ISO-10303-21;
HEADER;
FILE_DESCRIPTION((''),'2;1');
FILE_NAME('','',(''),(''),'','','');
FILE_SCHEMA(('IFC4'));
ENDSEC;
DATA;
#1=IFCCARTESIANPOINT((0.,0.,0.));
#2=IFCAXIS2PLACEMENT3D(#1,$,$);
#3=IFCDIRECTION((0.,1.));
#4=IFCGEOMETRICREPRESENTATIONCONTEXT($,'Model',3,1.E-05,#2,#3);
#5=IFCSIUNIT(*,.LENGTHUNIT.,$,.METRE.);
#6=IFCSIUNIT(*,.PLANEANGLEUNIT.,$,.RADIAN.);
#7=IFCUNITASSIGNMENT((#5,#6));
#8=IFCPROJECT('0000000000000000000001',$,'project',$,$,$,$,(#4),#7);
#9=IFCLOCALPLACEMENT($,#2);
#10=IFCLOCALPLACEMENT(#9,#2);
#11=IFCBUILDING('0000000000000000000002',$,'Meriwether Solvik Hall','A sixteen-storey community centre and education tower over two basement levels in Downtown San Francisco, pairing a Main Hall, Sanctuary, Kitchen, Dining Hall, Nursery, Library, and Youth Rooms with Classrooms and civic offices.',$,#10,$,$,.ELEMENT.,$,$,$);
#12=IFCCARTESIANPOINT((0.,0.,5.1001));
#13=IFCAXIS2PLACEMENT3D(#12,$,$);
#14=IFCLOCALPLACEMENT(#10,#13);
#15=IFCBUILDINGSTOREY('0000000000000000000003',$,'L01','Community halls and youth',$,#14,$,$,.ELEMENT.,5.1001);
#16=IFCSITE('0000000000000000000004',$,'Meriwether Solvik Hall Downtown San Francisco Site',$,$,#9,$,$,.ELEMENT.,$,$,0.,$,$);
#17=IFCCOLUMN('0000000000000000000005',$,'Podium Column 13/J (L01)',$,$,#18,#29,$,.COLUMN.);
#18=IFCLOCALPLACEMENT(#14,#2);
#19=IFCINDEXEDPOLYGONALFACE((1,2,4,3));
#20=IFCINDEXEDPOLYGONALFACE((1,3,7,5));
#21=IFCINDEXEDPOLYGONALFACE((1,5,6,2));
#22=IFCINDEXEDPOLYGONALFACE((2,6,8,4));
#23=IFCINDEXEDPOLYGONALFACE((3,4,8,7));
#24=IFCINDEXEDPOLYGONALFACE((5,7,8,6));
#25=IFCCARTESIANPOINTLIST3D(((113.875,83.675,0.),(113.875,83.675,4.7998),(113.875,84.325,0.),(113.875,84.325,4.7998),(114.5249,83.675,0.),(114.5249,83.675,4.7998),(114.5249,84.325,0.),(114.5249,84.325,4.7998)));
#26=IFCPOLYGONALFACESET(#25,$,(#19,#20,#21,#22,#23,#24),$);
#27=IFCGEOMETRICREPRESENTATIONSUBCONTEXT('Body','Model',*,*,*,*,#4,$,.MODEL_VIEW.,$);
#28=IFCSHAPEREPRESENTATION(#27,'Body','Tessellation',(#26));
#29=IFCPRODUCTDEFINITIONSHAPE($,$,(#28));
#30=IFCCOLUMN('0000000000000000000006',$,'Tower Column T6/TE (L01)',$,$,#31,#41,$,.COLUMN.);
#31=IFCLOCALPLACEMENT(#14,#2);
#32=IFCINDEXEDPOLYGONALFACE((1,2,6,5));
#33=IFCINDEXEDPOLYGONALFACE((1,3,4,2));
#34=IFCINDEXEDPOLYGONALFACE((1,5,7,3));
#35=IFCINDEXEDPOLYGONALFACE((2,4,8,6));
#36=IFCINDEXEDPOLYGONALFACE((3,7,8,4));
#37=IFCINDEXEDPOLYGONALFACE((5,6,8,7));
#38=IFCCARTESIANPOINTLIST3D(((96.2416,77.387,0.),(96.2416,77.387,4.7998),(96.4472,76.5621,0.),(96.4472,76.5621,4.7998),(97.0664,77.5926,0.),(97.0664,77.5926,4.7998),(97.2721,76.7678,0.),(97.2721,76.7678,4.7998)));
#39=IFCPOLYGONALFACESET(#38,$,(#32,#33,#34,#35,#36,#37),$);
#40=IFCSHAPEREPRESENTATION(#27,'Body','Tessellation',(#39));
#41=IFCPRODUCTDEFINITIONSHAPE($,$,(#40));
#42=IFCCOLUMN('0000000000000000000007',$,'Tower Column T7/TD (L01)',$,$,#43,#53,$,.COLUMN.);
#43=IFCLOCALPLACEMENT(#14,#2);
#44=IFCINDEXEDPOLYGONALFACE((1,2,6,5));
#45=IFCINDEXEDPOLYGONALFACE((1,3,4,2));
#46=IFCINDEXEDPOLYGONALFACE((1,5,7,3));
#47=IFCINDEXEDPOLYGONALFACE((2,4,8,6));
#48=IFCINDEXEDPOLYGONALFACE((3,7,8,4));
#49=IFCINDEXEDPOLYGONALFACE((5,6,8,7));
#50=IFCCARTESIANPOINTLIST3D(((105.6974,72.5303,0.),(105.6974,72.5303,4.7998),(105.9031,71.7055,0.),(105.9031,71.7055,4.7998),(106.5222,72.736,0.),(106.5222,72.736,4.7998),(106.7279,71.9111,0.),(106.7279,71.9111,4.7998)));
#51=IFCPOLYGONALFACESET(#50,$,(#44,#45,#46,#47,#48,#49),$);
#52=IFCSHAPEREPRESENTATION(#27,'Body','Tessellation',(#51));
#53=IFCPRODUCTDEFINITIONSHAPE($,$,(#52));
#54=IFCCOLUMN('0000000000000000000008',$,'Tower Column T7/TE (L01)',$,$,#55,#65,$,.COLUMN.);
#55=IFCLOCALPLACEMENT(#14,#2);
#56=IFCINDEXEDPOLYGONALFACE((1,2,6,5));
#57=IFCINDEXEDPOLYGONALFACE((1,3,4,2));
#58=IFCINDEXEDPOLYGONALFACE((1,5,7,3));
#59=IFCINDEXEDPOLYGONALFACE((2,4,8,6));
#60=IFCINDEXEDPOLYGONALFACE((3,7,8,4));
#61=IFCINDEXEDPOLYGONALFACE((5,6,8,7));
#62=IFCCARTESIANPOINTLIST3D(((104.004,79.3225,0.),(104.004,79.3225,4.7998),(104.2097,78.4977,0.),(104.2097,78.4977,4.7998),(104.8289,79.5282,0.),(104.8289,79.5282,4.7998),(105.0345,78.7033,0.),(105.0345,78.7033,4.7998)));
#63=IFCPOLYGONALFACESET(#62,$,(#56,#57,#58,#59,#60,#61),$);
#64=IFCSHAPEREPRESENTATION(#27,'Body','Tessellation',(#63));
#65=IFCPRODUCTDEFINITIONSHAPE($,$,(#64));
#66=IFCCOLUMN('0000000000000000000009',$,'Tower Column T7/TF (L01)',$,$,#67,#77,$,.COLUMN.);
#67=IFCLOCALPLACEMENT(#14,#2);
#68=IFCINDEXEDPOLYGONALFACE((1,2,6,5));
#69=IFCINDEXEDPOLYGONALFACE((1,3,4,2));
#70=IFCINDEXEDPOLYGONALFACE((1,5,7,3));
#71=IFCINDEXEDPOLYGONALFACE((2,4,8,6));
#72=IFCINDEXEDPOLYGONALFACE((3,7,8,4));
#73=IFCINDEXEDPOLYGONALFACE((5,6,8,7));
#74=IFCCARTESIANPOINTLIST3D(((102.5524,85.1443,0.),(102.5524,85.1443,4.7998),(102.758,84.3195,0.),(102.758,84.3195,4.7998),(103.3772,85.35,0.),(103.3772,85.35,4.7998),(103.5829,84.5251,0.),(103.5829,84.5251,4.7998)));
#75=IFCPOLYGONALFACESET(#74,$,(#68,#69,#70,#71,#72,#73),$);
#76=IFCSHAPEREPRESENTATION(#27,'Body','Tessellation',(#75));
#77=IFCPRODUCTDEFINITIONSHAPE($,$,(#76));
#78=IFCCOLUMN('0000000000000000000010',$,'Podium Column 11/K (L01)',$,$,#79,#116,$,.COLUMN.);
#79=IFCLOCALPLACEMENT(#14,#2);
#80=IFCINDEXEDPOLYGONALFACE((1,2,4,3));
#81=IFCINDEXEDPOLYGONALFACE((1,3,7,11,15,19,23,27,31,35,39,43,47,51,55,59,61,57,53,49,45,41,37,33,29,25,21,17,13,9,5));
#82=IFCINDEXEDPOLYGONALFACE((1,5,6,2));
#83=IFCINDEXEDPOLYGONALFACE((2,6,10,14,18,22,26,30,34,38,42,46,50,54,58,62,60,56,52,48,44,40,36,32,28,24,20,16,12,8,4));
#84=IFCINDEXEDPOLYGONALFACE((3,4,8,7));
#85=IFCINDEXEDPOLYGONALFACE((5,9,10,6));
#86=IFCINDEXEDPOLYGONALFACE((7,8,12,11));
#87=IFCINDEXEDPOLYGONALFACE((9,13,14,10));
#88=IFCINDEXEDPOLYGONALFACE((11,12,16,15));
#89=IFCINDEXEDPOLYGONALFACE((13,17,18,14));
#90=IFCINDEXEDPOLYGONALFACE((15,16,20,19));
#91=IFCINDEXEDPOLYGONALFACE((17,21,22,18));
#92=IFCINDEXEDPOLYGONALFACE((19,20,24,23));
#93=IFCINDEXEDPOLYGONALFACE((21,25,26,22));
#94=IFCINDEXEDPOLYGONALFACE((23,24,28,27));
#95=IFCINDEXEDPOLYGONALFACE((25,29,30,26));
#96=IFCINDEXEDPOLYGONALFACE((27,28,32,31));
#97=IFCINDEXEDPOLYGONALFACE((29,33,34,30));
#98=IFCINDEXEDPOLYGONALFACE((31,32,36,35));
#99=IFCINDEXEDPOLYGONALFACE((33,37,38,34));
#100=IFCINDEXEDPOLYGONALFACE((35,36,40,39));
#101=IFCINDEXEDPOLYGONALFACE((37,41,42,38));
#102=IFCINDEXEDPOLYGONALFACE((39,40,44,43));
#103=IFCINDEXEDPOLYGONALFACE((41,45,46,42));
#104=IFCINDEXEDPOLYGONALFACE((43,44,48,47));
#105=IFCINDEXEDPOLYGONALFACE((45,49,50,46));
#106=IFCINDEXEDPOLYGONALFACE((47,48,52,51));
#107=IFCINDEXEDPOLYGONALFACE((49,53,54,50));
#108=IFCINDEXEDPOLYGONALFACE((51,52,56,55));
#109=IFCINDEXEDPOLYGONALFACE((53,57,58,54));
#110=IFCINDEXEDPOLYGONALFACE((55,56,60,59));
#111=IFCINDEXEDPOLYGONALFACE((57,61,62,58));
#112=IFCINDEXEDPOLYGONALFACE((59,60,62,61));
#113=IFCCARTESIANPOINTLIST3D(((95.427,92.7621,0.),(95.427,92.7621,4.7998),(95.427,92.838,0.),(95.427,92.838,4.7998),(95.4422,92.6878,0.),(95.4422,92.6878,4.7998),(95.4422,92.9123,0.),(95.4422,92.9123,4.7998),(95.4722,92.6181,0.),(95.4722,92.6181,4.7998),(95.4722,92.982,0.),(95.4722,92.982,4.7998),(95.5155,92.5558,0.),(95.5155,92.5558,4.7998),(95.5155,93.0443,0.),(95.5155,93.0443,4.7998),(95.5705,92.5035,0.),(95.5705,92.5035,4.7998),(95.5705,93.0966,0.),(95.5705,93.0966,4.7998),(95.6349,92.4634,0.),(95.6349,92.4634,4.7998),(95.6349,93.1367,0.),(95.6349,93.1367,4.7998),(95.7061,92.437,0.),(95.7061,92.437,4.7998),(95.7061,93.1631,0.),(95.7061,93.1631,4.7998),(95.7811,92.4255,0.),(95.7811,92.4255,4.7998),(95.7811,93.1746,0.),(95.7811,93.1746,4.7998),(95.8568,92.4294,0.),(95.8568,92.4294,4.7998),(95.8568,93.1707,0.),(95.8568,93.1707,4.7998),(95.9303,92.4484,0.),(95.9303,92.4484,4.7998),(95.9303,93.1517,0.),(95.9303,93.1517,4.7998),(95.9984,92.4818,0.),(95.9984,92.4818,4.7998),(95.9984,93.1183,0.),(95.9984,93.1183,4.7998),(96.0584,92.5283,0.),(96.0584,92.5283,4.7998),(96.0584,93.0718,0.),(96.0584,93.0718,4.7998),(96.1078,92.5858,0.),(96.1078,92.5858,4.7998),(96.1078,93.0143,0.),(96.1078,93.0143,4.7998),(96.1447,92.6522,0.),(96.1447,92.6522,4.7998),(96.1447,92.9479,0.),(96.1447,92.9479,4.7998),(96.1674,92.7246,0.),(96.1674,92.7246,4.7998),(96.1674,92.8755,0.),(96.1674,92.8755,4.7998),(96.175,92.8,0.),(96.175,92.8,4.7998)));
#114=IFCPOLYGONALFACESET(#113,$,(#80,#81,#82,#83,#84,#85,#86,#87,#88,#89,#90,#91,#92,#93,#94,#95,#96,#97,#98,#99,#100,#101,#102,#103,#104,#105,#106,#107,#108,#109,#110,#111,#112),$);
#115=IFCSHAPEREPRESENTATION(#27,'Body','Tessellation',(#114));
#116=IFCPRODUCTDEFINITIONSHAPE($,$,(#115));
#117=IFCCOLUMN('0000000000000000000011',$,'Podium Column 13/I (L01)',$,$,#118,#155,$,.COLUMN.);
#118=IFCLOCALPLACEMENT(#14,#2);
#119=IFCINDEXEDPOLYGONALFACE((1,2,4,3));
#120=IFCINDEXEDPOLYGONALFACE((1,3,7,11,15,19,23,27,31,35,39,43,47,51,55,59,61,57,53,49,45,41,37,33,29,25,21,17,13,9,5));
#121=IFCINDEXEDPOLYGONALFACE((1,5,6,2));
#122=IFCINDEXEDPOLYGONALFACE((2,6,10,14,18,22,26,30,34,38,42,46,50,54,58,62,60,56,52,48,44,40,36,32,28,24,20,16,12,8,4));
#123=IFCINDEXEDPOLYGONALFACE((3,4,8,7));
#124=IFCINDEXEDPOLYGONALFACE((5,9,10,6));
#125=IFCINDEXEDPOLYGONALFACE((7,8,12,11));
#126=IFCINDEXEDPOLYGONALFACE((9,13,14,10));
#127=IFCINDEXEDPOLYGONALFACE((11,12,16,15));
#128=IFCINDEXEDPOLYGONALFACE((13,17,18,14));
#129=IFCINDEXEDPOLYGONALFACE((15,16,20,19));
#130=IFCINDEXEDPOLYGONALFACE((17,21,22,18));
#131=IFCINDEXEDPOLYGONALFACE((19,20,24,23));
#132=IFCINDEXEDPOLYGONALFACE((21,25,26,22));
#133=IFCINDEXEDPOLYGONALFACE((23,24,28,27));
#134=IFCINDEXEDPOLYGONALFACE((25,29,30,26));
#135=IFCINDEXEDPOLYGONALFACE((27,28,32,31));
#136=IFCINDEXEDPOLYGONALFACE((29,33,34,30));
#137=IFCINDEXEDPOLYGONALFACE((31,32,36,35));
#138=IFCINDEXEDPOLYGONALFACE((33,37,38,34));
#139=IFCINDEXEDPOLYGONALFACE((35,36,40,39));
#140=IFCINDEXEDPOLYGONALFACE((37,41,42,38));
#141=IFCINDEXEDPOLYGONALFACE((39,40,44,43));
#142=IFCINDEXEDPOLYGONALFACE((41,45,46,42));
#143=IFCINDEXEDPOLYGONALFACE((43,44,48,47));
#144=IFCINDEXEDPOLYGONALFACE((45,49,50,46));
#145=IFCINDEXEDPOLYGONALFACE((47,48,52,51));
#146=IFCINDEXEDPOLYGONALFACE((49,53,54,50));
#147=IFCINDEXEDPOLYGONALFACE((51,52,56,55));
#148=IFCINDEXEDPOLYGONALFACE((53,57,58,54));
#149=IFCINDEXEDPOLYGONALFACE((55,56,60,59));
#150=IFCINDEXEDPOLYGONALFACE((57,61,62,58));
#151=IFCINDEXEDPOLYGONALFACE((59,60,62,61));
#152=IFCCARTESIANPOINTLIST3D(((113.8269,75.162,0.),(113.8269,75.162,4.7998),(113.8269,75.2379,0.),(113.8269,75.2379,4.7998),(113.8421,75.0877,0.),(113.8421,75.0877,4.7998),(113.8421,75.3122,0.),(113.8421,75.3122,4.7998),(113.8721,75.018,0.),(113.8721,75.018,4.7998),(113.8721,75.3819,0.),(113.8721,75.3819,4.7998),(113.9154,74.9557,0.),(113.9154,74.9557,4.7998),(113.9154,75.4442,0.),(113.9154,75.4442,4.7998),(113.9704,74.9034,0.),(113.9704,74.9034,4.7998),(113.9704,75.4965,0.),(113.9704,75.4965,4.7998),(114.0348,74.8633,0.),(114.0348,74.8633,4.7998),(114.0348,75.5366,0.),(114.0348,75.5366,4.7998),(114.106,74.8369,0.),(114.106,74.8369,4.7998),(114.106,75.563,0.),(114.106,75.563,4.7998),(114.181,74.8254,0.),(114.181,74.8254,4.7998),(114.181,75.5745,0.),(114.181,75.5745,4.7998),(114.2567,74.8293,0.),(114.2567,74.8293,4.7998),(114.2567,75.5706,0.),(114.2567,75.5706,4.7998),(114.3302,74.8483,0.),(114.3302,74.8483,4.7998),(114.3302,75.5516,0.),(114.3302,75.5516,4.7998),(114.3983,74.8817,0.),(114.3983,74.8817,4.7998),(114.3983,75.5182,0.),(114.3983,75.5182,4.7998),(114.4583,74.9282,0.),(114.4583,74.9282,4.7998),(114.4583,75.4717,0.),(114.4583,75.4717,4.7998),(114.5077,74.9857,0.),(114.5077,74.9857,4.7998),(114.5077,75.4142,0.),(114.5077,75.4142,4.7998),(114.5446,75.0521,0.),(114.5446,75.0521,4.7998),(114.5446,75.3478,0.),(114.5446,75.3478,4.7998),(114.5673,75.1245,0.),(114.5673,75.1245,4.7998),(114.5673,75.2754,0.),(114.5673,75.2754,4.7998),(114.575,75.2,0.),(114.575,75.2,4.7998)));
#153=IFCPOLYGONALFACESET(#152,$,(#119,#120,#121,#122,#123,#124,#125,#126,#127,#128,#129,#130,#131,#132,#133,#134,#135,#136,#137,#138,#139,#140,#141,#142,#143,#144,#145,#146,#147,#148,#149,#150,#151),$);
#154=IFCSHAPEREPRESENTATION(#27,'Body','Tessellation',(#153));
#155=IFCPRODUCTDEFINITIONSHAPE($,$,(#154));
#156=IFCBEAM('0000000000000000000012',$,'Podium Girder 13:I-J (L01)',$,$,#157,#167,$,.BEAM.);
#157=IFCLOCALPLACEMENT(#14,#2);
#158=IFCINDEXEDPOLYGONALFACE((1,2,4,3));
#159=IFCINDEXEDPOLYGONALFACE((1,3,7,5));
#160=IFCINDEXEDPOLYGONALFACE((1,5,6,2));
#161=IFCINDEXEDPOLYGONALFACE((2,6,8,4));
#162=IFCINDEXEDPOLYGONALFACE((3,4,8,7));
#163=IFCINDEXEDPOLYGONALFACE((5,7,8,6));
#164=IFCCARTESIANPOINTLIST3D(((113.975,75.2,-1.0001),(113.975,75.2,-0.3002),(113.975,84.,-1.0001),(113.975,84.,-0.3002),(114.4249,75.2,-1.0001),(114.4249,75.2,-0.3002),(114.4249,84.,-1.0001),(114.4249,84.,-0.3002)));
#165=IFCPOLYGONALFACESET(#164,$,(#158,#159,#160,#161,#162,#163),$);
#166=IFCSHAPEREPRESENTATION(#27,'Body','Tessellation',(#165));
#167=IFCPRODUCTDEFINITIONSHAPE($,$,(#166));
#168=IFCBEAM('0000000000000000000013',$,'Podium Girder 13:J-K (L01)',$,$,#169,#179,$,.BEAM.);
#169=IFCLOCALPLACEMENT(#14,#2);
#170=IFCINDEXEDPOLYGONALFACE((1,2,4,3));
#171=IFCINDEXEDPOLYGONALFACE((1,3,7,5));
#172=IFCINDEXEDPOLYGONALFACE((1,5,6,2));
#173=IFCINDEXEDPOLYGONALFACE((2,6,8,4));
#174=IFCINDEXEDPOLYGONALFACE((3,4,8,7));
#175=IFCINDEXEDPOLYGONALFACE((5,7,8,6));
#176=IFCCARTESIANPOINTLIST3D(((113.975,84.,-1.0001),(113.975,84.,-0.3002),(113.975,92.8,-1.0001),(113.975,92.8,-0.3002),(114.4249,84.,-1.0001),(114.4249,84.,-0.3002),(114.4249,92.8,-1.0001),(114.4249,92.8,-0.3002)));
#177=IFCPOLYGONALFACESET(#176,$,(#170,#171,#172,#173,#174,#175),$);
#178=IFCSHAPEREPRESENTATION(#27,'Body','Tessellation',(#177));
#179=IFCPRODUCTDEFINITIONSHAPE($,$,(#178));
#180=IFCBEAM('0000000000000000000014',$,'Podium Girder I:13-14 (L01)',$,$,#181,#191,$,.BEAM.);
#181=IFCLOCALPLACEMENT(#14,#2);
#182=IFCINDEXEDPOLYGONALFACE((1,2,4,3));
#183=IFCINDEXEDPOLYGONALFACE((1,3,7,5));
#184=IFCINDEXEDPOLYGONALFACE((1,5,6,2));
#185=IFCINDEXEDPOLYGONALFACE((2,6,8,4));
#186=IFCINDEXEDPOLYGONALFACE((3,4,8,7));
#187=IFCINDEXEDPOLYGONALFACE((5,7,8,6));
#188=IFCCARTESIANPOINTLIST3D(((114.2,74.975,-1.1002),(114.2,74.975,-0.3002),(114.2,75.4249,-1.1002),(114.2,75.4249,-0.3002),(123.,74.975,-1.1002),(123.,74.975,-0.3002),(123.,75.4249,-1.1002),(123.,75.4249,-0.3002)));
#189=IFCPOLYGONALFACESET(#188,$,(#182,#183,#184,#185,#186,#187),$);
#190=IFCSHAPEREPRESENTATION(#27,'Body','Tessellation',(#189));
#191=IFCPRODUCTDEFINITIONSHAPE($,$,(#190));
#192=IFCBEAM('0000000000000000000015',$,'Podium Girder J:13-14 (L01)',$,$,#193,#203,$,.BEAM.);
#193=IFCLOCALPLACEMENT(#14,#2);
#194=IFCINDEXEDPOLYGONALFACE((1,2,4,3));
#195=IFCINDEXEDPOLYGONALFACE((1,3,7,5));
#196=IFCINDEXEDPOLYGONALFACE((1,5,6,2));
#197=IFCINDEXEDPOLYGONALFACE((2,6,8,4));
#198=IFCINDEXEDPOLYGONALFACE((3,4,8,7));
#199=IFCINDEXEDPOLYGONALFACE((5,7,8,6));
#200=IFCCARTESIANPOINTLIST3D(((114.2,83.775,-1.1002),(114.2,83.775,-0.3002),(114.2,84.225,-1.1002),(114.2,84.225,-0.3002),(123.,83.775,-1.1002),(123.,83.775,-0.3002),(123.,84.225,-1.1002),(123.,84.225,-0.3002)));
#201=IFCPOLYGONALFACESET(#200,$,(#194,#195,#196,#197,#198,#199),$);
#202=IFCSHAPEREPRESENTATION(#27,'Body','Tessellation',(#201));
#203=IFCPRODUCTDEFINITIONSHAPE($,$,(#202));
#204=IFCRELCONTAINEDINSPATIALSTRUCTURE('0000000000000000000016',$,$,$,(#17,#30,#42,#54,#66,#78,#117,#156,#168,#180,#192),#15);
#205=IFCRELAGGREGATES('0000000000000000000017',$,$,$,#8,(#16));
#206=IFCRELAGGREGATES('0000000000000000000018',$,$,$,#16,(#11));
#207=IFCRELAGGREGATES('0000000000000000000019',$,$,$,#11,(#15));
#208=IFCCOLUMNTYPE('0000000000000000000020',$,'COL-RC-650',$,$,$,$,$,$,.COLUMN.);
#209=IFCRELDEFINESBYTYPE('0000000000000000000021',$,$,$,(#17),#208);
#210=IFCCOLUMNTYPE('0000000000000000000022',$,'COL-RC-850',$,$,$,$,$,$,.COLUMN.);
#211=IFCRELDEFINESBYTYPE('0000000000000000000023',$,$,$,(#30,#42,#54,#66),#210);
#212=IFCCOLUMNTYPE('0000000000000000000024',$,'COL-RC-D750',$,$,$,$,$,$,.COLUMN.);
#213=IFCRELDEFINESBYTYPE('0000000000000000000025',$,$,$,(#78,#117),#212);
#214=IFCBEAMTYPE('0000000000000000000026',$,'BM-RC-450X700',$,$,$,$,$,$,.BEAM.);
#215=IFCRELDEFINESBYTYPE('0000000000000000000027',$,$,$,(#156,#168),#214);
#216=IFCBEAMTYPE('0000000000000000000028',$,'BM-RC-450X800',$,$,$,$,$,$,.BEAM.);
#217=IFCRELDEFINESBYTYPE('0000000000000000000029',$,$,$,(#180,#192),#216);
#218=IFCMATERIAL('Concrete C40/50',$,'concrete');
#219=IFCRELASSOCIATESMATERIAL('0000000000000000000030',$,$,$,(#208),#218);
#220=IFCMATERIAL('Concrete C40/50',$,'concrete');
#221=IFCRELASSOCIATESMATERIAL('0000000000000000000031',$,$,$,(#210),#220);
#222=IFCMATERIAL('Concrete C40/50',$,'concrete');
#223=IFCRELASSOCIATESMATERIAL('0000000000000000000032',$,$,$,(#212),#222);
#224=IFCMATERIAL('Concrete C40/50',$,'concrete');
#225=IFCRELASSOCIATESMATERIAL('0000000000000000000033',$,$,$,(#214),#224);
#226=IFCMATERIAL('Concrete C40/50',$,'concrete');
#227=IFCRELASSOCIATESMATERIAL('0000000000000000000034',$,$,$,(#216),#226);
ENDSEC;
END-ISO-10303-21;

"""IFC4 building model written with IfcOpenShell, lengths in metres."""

from ifc_helpers import new_model, si_unit, direction, frame, origin, origin_2d, place, context, subcontext, project, spatial, rectangle, circle, extrude, material, material_profile, profile_set, type_object, element, save


model = new_model("IFC4")

# Units and contexts
model_context = context("Model", 3, precision=1e-05, world=origin(), true_north=direction((0.0, 1.0)))
body_context = subcontext(model_context, "Body", "Model", "MODEL_VIEW")
ifc_project = project(units=[si_unit("LENGTHUNIT", "METRE"), si_unit("PLANEANGLEUNIT", "RADIAN")], contexts=[model_context])

# Site, building, storey
site_placement = place(None, origin())
site = spatial("IfcSite", under=ifc_project, at=site_placement, Name="Meriwether Solvik Hall Downtown San Francisco Site", CompositionType="ELEMENT", RefElevation=0.0)
building_placement = place(site_placement, origin())
building = spatial("IfcBuilding", under=site, at=building_placement, Name="Meriwether Solvik Hall", Description="A sixteen-storey community centre and education tower over two basement levels in Downtown San Francisco, pairing a Main Hall, Sanctuary, Kitchen, Dining Hall, Nursery, Library, and Youth Rooms with Classrooms and civic offices.", CompositionType="ELEMENT")
storey_placement = place(building_placement, frame((0.0, 0.0, 5.1001)))
storey = spatial("IfcBuildingStorey", under=building, at=storey_placement, Name="L01", Description="Community halls and youth", CompositionType="ELEMENT", Elevation=5.1001)

# Columns
ifc_material_1 = material(Name="Concrete C40/50", Category="concrete")
ifc_material_profile_1 = material_profile(ifc_material_1, rectangle(XDim=0.6499, YDim=0.6499, at=origin_2d()), Name="RCC-650X650")
ifc_profile_set_1 = profile_set([ifc_material_profile_1], Name="Concrete C40/50")
column_type_1 = type_object("IfcColumnType", Name="COL-RC-650", PredefinedType="COLUMN", material=ifc_profile_set_1)
column_placement = place(storey_placement, frame((114.2, 84.0, 0.0), z_axis=(0.0, 0.0, 1.0), x_axis=(1.0, 0.0, 0.0)))
element("IfcColumn", 1, at=column_placement, inside=storey, type_object=column_type_1, Name="Podium Column 13/J (L01)", PredefinedType="COLUMN", context=body_context, shape_type="SweptSolid", body=[
    extrude(rectangle(XDim=0.6499, YDim=0.6499, at=origin_2d()), origin(), (0.0, 0.0, 1.0), 4.7998),
])
ifc_material_2 = material(Name="Concrete C40/50", Category="concrete")
ifc_material_profile_2 = material_profile(ifc_material_2, rectangle(XDim=0.8501, YDim=0.8501, at=origin_2d()), Name="RCC-850X850")
ifc_profile_set_2 = profile_set([ifc_material_profile_2], Name="Concrete C40/50")
column_type_2 = type_object("IfcColumnType", Name="COL-RC-850", PredefinedType="COLUMN", material=ifc_profile_set_2)
for number, where, z_axis, x_axis, name in (
    (2, (96.7568, 77.0774, 0.0), (0.0, 0.0, 1.0), (0.970296, 0.241922, 0.0), "Tower Column T6/TE (L01)"),
    (3, (106.2126, 72.2207, 0.0), (0.0, 0.0, 1.0), (0.970296, 0.241922, 0.0), "Tower Column T7/TD (L01)"),
    (4, (104.5193, 79.0129, 0.0), (0.0, 0.0, 1.0), (0.970296, 0.241922, 0.0), "Tower Column T7/TE (L01)"),
    (5, (103.0676, 84.8347, 0.0), (0.0, 0.0, 1.0), (0.970296, 0.241922, 0.0), "Tower Column T7/TF (L01)"),
):
    element("IfcColumn", number, at=place(storey_placement, frame(where, z_axis=z_axis, x_axis=x_axis)), inside=storey, type_object=column_type_2, Name=name, PredefinedType="COLUMN", context=body_context, shape_type="SweptSolid", body=[
        extrude(rectangle(XDim=0.8501, YDim=0.8501, at=origin_2d()), origin(), (0.0, 0.0, 1.0), 4.7998),
    ])
ifc_material_3 = material(Name="Concrete C40/50", Category="concrete")
ifc_material_profile_3 = material_profile(ifc_material_3, circle(Radius=0.375, at=origin_2d()), Name="RCC-D750")
ifc_profile_set_3 = profile_set([ifc_material_profile_3], Name="Concrete C40/50")
column_type_3 = type_object("IfcColumnType", Name="COL-RC-D750", PredefinedType="COLUMN", material=ifc_profile_set_3)
for number, where, z_axis, x_axis, name in (
    (6, (95.8, 92.8, 0.0), (0.0, 0.0, 1.0), (1.0, 0.0, 0.0), "Podium Column 11/K (L01)"),
    (7, (114.2, 75.2, 0.0), (0.0, 0.0, 1.0), (1.0, 0.0, 0.0), "Podium Column 13/I (L01)"),
):
    element("IfcColumn", number, at=place(storey_placement, frame(where, z_axis=z_axis, x_axis=x_axis)), inside=storey, type_object=column_type_3, Name=name, PredefinedType="COLUMN", context=body_context, shape_type="SweptSolid", body=[
        extrude(circle(Radius=0.375, at=origin_2d()), origin(), (0.0, 0.0, 1.0), 4.7998),
    ])

# Beams
ifc_material_4 = material(Name="Concrete C40/50", Category="concrete")
ifc_material_profile_4 = material_profile(ifc_material_4, rectangle(XDim=0.45, YDim=0.7, at=origin_2d()), Name="RCB-450X700")
ifc_profile_set_4 = profile_set([ifc_material_profile_4], Name="Concrete C40/50")
beam_type_1 = type_object("IfcBeamType", Name="BM-RC-450X700", PredefinedType="BEAM", material=ifc_profile_set_4)
for number, where, z_axis, x_axis, name in (
    (8, (114.2, 75.2, -0.6501), (0.0, 1.0, 0.0), (-1.0, 0.0, 0.0), "Podium Girder 13:I-J (L01)"),
    (9, (114.2, 84.0, -0.6501), (0.0, 1.0, 0.0), (-1.0, 0.0, 0.0), "Podium Girder 13:J-K (L01)"),
):
    element("IfcBeam", number, at=place(storey_placement, frame(where, z_axis=z_axis, x_axis=x_axis)), inside=storey, type_object=beam_type_1, Name=name, PredefinedType="BEAM", context=body_context, shape_type="SweptSolid", body=[
        extrude(rectangle(XDim=0.45, YDim=0.7, at=origin_2d()), origin(), (0.0, 0.0, 1.0), 8.8),
    ])
ifc_material_5 = material(Name="Concrete C40/50", Category="concrete")
ifc_material_profile_5 = material_profile(ifc_material_5, rectangle(XDim=0.45, YDim=0.8, at=origin_2d()), Name="RCB-450X800")
ifc_profile_set_5 = profile_set([ifc_material_profile_5], Name="Concrete C40/50")
beam_type_2 = type_object("IfcBeamType", Name="BM-RC-450X800", PredefinedType="BEAM", material=ifc_profile_set_5)
for number, where, z_axis, x_axis, name in (
    (10, (114.2, 75.2, -0.7002), (1.0, 0.0, 0.0), (0.0, 1.0, 0.0), "Podium Girder I:13-14 (L01)"),
    (11, (114.2, 84.0, -0.7002), (1.0, 0.0, 0.0), (0.0, 1.0, 0.0), "Podium Girder J:13-14 (L01)"),
):
    element("IfcBeam", number, at=place(storey_placement, frame(where, z_axis=z_axis, x_axis=x_axis)), inside=storey, type_object=beam_type_2, Name=name, PredefinedType="BEAM", context=body_context, shape_type="SweptSolid", body=[
        extrude(rectangle(XDim=0.45, YDim=0.8, at=origin_2d()), origin(), (0.0, 0.0, 1.0), 8.8),
    ])

save(model, "model.ifc")
